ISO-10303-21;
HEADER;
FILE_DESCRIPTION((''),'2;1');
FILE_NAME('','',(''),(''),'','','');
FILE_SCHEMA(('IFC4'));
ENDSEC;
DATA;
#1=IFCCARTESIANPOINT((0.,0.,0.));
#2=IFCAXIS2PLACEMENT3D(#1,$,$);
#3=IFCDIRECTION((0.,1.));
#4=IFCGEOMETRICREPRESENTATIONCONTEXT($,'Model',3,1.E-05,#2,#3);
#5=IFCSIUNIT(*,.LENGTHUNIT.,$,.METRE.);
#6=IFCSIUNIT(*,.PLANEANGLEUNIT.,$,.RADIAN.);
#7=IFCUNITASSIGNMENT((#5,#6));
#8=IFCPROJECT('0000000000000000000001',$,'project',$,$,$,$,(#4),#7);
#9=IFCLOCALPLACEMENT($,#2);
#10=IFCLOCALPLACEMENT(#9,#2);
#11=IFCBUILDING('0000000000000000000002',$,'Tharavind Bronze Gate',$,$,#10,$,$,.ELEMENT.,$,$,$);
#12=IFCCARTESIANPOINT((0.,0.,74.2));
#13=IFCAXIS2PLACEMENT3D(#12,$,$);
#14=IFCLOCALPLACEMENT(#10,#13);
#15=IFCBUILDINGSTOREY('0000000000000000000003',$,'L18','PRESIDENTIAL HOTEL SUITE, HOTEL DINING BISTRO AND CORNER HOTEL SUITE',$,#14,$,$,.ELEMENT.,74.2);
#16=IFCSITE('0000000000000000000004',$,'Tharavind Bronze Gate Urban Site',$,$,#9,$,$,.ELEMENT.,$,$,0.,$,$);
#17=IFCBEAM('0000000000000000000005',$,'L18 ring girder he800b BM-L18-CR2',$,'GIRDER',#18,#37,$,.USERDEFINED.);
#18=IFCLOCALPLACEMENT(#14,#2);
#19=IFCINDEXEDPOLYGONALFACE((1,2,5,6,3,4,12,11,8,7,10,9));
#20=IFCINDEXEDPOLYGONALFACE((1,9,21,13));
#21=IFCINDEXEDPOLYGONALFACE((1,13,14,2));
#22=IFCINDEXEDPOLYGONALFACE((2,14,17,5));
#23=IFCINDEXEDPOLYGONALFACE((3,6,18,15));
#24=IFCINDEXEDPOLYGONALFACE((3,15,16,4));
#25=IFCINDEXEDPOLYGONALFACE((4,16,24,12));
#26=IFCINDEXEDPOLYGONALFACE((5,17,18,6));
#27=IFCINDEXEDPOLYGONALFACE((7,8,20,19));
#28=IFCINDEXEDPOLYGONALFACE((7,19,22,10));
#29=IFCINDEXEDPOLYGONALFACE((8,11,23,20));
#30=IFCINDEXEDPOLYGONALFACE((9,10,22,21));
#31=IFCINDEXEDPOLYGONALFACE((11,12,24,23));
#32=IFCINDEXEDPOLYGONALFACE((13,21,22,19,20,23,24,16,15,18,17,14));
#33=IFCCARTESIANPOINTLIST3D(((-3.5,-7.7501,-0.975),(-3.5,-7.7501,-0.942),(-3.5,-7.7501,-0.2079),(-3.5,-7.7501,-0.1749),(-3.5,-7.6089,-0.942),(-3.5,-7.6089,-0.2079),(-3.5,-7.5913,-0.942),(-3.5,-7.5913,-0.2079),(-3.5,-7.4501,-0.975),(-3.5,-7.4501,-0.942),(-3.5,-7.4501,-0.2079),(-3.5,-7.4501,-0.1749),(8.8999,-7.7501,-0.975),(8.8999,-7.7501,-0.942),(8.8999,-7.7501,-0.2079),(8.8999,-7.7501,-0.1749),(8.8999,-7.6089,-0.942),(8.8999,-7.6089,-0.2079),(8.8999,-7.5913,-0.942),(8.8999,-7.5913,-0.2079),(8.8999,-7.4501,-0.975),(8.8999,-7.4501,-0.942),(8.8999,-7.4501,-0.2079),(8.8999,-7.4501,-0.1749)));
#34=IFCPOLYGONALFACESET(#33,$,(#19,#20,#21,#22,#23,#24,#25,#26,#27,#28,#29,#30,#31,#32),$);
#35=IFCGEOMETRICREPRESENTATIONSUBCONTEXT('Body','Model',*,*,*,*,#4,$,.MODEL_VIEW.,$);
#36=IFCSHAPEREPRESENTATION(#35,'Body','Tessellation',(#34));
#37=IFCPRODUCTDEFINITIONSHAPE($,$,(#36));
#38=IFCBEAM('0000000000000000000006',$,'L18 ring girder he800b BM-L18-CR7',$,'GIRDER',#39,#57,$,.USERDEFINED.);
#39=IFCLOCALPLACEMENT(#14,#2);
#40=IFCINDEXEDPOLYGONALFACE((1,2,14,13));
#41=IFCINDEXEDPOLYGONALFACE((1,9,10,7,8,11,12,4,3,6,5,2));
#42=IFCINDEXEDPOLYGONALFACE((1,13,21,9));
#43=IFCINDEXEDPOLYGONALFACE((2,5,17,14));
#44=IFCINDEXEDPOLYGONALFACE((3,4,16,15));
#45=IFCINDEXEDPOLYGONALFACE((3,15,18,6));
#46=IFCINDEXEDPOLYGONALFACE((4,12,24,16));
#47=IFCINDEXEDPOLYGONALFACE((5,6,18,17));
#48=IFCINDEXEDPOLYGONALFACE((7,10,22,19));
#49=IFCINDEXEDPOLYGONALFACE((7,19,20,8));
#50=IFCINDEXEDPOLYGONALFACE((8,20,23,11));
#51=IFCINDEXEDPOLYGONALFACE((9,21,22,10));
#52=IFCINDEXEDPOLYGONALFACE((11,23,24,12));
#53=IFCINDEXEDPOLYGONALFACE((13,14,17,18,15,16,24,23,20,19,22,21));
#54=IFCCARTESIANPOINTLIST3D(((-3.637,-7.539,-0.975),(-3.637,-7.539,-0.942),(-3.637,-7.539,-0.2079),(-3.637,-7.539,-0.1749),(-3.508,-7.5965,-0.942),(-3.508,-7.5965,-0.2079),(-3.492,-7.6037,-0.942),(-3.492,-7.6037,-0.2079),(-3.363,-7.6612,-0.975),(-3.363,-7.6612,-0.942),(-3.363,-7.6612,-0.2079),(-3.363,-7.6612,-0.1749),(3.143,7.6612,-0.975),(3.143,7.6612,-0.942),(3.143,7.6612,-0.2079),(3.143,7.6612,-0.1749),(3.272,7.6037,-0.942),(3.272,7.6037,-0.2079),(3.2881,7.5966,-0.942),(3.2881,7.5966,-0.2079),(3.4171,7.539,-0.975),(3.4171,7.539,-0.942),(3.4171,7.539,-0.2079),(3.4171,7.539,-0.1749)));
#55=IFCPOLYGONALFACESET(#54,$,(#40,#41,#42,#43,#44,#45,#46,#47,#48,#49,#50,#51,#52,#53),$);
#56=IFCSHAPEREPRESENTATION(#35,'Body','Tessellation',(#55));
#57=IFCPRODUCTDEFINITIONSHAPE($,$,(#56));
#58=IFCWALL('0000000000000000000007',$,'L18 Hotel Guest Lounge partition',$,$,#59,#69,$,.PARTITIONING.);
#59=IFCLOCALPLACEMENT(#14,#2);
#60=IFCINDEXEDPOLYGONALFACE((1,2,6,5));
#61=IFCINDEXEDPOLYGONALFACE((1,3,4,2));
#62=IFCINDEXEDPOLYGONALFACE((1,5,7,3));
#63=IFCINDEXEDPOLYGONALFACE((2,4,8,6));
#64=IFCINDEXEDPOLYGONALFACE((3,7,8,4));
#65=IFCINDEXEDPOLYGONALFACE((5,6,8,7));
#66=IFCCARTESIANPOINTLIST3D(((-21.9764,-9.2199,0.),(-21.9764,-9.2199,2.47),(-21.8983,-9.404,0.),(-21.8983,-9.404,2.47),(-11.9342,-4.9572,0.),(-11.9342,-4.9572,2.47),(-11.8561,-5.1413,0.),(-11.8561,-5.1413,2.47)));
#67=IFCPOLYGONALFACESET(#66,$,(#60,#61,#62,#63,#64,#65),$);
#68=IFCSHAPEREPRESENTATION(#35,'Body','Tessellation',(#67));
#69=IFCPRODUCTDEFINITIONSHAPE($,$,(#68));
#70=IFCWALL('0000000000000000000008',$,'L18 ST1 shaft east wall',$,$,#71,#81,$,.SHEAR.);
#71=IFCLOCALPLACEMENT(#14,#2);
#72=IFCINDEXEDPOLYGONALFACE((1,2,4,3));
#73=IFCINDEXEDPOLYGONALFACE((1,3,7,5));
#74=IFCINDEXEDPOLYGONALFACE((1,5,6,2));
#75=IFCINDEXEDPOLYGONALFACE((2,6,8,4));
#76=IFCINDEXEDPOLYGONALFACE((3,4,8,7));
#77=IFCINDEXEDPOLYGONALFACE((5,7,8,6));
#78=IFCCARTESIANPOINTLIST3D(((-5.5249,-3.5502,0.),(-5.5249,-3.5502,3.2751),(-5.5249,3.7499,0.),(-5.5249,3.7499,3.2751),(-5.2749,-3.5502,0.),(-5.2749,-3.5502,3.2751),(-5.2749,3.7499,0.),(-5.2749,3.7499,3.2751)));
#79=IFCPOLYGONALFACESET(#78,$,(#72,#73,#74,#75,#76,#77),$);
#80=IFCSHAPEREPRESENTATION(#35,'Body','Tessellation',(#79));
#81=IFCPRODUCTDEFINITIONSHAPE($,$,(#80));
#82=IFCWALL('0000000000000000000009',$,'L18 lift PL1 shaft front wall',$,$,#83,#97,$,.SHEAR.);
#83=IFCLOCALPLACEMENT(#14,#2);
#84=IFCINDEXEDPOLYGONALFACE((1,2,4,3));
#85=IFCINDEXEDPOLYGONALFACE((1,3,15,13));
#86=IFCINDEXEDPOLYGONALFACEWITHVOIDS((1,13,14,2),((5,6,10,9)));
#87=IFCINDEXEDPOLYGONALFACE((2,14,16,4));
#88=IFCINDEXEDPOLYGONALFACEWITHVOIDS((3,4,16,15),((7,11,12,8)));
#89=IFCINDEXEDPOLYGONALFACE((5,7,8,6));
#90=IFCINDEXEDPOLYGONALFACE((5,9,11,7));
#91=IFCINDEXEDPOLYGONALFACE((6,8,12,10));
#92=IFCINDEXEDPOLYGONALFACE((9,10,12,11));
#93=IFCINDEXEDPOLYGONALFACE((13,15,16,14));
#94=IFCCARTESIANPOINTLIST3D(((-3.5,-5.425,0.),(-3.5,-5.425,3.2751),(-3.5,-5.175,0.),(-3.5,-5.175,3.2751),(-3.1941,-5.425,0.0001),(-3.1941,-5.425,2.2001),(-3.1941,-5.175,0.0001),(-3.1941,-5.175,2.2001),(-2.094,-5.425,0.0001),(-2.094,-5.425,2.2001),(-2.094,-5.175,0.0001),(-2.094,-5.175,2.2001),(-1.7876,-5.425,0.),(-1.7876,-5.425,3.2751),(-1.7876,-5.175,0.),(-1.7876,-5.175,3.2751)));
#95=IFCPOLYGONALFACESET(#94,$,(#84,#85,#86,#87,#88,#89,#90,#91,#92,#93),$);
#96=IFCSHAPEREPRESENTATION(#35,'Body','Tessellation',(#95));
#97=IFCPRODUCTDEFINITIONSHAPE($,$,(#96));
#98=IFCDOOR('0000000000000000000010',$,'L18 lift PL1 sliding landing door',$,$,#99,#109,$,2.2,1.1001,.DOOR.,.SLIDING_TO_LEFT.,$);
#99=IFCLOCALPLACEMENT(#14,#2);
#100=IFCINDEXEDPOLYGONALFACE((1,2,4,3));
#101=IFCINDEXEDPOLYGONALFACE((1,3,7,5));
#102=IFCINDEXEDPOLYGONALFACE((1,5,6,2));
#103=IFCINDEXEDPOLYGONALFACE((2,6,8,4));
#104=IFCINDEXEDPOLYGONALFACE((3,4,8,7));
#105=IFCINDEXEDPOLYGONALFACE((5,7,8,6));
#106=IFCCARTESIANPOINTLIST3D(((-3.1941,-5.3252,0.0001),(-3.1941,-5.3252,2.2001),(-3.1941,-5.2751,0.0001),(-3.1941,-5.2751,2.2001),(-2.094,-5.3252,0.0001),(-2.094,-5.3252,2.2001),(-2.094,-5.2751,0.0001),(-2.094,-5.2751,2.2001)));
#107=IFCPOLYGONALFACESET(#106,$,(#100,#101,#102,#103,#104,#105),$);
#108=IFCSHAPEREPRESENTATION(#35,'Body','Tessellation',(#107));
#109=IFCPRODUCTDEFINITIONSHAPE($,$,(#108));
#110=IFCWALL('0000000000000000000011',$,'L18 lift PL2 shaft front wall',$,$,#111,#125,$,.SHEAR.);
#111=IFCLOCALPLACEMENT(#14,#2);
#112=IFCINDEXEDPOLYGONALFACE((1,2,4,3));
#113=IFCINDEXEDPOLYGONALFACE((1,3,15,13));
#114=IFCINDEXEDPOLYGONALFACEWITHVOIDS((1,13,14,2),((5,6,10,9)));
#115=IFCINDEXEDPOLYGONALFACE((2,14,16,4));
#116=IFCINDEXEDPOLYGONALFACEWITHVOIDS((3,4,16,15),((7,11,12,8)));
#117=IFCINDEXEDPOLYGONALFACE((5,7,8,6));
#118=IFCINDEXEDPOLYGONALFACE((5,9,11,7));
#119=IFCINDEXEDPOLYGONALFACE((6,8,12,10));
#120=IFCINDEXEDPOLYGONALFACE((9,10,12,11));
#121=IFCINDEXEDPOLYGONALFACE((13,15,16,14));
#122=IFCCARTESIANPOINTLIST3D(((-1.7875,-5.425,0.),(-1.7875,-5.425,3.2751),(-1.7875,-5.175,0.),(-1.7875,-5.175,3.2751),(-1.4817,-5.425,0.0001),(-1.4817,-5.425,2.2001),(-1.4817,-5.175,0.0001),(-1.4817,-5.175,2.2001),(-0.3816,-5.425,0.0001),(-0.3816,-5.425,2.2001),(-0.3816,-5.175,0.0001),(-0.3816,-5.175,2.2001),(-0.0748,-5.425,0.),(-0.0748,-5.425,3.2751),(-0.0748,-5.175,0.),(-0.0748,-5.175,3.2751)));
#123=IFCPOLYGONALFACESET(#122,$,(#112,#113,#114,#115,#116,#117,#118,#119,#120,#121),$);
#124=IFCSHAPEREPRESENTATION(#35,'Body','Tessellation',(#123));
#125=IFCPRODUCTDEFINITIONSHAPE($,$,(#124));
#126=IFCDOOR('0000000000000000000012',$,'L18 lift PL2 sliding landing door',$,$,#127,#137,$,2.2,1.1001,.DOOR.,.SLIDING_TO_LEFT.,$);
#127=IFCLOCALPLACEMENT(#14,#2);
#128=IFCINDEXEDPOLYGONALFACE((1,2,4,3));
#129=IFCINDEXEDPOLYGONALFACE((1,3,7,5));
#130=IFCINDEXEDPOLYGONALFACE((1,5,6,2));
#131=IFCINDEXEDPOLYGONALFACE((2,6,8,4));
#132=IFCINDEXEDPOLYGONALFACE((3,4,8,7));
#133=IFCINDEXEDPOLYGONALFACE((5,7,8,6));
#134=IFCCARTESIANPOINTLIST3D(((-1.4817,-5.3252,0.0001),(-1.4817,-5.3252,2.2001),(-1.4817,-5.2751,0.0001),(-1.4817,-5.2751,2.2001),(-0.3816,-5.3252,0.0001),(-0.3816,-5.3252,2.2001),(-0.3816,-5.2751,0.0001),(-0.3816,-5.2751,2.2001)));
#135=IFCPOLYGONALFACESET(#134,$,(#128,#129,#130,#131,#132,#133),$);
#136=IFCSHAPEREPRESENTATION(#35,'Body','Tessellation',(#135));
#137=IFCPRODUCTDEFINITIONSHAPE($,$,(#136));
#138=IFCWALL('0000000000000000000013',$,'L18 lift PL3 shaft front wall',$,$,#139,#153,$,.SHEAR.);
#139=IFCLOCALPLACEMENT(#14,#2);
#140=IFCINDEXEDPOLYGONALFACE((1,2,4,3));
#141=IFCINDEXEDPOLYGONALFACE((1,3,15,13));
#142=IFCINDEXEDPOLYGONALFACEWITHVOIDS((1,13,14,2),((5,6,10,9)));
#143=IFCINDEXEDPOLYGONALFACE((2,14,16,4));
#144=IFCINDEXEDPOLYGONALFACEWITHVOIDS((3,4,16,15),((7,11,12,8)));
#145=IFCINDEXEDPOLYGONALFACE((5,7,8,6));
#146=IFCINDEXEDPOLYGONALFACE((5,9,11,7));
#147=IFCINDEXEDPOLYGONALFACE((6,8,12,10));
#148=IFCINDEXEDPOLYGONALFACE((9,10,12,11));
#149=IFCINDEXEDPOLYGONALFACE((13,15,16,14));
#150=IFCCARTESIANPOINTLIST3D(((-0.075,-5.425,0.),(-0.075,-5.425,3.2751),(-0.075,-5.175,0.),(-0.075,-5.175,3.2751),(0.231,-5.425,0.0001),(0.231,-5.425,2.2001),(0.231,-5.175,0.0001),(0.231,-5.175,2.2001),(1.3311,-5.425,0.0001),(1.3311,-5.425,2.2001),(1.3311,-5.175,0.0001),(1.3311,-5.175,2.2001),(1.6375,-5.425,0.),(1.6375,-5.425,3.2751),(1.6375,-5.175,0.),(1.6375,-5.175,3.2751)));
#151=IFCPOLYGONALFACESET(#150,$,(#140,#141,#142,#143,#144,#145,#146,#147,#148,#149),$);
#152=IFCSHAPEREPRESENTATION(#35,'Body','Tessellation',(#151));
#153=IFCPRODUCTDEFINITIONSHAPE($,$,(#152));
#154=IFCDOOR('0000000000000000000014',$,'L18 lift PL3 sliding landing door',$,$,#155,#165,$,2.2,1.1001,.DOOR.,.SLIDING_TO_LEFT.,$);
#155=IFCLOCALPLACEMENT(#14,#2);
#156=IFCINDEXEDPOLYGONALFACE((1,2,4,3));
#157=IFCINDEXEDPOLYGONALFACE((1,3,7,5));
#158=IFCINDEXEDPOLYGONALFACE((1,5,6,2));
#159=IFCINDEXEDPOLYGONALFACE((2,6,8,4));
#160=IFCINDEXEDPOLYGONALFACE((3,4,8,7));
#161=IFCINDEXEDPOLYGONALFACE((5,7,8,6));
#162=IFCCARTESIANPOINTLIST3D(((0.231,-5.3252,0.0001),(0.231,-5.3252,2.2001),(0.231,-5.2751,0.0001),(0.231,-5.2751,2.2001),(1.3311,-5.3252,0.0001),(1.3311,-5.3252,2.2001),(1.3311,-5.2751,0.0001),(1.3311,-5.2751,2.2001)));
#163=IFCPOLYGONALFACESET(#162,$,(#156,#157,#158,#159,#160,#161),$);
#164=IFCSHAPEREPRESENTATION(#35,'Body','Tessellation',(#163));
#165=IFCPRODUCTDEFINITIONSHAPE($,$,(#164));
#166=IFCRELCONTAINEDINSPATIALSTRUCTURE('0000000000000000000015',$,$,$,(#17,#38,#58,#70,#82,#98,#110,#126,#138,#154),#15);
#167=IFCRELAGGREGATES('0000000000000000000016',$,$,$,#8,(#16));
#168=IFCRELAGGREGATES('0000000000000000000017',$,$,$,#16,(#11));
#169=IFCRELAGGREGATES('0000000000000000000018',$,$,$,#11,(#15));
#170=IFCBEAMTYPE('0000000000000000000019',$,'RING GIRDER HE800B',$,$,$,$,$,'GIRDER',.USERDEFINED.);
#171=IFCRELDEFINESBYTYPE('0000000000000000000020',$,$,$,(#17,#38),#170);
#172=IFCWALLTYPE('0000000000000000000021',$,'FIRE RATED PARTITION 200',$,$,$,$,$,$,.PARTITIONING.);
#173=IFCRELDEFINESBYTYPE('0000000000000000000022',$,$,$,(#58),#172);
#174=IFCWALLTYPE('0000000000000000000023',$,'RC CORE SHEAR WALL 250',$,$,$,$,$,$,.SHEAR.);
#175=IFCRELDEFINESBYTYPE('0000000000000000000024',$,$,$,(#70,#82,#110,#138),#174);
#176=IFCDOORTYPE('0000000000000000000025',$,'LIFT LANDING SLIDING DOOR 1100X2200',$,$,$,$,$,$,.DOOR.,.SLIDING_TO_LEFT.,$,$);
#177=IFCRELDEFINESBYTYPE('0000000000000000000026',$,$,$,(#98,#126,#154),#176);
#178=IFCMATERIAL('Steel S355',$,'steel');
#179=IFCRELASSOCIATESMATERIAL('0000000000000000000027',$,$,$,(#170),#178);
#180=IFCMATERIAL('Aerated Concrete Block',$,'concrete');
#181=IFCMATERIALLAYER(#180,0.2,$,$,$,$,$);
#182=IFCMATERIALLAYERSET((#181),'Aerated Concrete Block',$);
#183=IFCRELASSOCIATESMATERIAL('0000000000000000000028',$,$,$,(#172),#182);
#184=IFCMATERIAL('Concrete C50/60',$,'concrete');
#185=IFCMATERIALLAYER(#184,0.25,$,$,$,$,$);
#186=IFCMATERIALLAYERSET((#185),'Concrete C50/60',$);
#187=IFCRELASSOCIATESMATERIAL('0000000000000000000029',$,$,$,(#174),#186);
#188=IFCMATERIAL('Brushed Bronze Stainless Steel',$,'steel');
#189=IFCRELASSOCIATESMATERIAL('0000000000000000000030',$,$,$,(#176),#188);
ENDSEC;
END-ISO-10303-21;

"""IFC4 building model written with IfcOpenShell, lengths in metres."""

from ifc_helpers import new_model, si_unit, direction, frame, frame_2d, origin, origin_2d, place, context, subcontext, project, spatial, rectangle, i_section, extrude, material, layer, layer_set, material_profile, profile_set, type_object, element, fill, save


model = new_model("IFC4")

# Units and contexts
model_context = context("Model", 3, precision=1e-05, world=origin(), true_north=direction((0.0, 1.0)))
body_context = subcontext(model_context, "Body", "Model", "MODEL_VIEW")
ifc_project = project(units=[si_unit("LENGTHUNIT", "METRE"), si_unit("PLANEANGLEUNIT", "RADIAN")], contexts=[model_context])

# Site, building, storey
site_placement = place(None, origin())
site = spatial("IfcSite", under=ifc_project, at=site_placement, Name="Tharavind Bronze Gate Urban Site", CompositionType="ELEMENT", RefElevation=0.0)
building_placement = place(site_placement, origin())
building = spatial("IfcBuilding", under=site, at=building_placement, Name="Tharavind Bronze Gate", CompositionType="ELEMENT")
storey_placement = place(building_placement, frame((0.0, 0.0, 74.2)))
storey = spatial("IfcBuildingStorey", under=building, at=storey_placement, Name="L18", Description="PRESIDENTIAL HOTEL SUITE, HOTEL DINING BISTRO AND CORNER HOTEL SUITE", CompositionType="ELEMENT", Elevation=74.2)

# Beams
ifc_material_1 = material(Name="Steel S355", Category="steel")
ifc_material_profile = material_profile(ifc_material_1, i_section(OverallWidth=0.3, OverallDepth=0.8, WebThickness=0.0176, FlangeThickness=0.033, at=origin_2d()), Name="HE800B")
ifc_profile_set = profile_set([ifc_material_profile], Name="Steel S355")
beam_type = type_object("IfcBeamType", Name="RING GIRDER HE800B", ElementType="GIRDER", PredefinedType="USERDEFINED", material=ifc_profile_set)
beam_1_placement = place(storey_placement, frame((-3.5, -7.6001, -0.575), z_axis=(1.0, 0.0, 0.0), x_axis=(0.0, 1.0, 0.0)))
element("IfcBeam", 1, at=beam_1_placement, inside=storey, type_object=beam_type, Name="L18 ring girder he800b BM-L18-CR2", ObjectType="GIRDER", PredefinedType="USERDEFINED", context=body_context, shape_type="SweptSolid", body=[
    extrude(i_section(OverallWidth=0.3, OverallDepth=0.8, WebThickness=0.0176, FlangeThickness=0.033, at=origin_2d()), origin(), (0.0, 0.0, 1.0), 12.3999),
])
beam_2_placement = place(storey_placement, frame((-3.5, -7.6001, -0.575), z_axis=(0.407362, 0.913267, 0.0), x_axis=(-0.913267, 0.407362, 0.0)))
element("IfcBeam", 2, at=beam_2_placement, inside=storey, type_object=beam_type, Name="L18 ring girder he800b BM-L18-CR7", ObjectType="GIRDER", PredefinedType="USERDEFINED", context=body_context, shape_type="SweptSolid", body=[
    extrude(i_section(OverallWidth=0.3, OverallDepth=0.8, WebThickness=0.0176, FlangeThickness=0.033, at=origin_2d()), origin(), (0.0, 0.0, 1.0), 16.6438),
])

# Wall
ifc_material_2 = material(Name="Aerated Concrete Block", Category="concrete")
ifc_layer_1 = layer(ifc_material_2, 0.2)
ifc_layer_set_1 = layer_set([ifc_layer_1], Name="Aerated Concrete Block")
wall_type_1 = type_object("IfcWallType", Name="FIRE RATED PARTITION 200", PredefinedType="PARTITIONING", material=ifc_layer_set_1)
wall_1_placement = place(storey_placement, frame((-11.8953, -5.0493, 0.0), z_axis=(0.0, 0.0, 1.0), x_axis=(-0.920504, -0.390733, 0.0)))
element("IfcWall", 3, at=wall_1_placement, inside=storey, type_object=wall_type_1, Name="L18 Hotel Guest Lounge partition", PredefinedType="PARTITIONING", context=body_context, shape_type="SweptSolid", body=[
    extrude(rectangle(XDim=10.9094, YDim=0.2, at=frame_2d((5.4546, 0.0))), origin(), (0.0, 0.0, 1.0), 2.47),
])

# Wall
ifc_material_3 = material(Name="Concrete C50/60", Category="concrete")
ifc_layer_2 = layer(ifc_material_3, 0.25)
ifc_layer_set_2 = layer_set([ifc_layer_2], Name="Concrete C50/60")
wall_type_2 = type_object("IfcWallType", Name="RC CORE SHEAR WALL 250", PredefinedType="SHEAR", material=ifc_layer_set_2)
wall_2_placement = place(storey_placement, frame((-5.3999, -3.55, 0.0), z_axis=(0.0, 0.0, 1.0), x_axis=(0.0, 1.0, 0.0)))
element("IfcWall", 4, at=wall_2_placement, inside=storey, type_object=wall_type_2, Name="L18 ST1 shaft east wall", PredefinedType="SHEAR", context=body_context, shape_type="SweptSolid", body=[
    extrude(rectangle(XDim=7.3, YDim=0.25, at=frame_2d((3.6499, 0.0))), origin(), (0.0, 0.0, 1.0), 3.2751),
])

# Walls, openings, doors
wall_3_placement = place(storey_placement, frame((-3.5, -5.3, 0.0), z_axis=(0.0, 0.0, 1.0), x_axis=(1.0, 0.0, 0.0)))
wall_3 = element("IfcWall", 5, at=wall_3_placement, inside=storey, type_object=wall_type_2, Name="L18 lift PL1 shaft front wall", PredefinedType="SHEAR", context=body_context, shape_type="SweptSolid", body=[
    extrude(rectangle(XDim=1.7124, YDim=0.25, at=frame_2d((0.8562, 0.0))), origin(), (0.0, 0.0, 1.0), 3.2751),
])
opening_1_placement = place(wall_3_placement, frame((0.3059, 0.0, 0.0)))
opening_1 = element("IfcOpeningElement", 6, at=opening_1_placement, cuts=wall_3, PredefinedType="OPENING", context=body_context, shape_type="SweptSolid", body=[
    extrude(rectangle(XDim=1.1001, YDim=2.2, at=frame_2d((0.55, 1.1001))), frame((0.0, 0.135, 0.0), z_axis=(0.0, -1.0, 0.0), x_axis=(1.0, 0.0, 0.0)), (0.0, 0.0, 1.0), 0.27),
])
ifc_material_4 = material(Name="Brushed Bronze Stainless Steel", Category="steel")
door_type_1 = type_object("IfcDoorType", Name="LIFT LANDING SLIDING DOOR 1100X2200", OperationType="SLIDING_TO_LEFT", PredefinedType="DOOR", material=ifc_material_4)
door_1_placement = place(opening_1_placement, origin())
door_1 = element("IfcDoor", 7, at=door_1_placement, inside=storey, type_object=door_type_1, Name="L18 lift PL1 sliding landing door", OperationType="SLIDING_TO_LEFT", OverallHeight=2.2, OverallWidth=1.1001, PredefinedType="DOOR", context=body_context, shape_type="SweptSolid", body=[
    extrude(rectangle(XDim=1.1001, YDim=2.2, at=frame_2d((0.55, 1.1001))), frame((0.0, 0.0249, 0.0), z_axis=(0.0, -1.0, 0.0), x_axis=(1.0, 0.0, 0.0)), (0.0, 0.0, 1.0), 0.05),
])
fill(opening_1, door_1)
wall_4_placement = place(storey_placement, frame((-1.7876, -5.3, 0.0), z_axis=(0.0, 0.0, 1.0), x_axis=(1.0, 0.0, 0.0)))
wall_4 = element("IfcWall", 8, at=wall_4_placement, inside=storey, type_object=wall_type_2, Name="L18 lift PL2 shaft front wall", PredefinedType="SHEAR", context=body_context, shape_type="SweptSolid", body=[
    extrude(rectangle(XDim=1.7126, YDim=0.25, at=frame_2d((0.8564, 0.0))), origin(), (0.0, 0.0, 1.0), 3.2751),
])
opening_2_placement = place(wall_4_placement, frame((0.3059, 0.0, 0.0)))
opening_2 = element("IfcOpeningElement", 9, at=opening_2_placement, cuts=wall_4, PredefinedType="OPENING", context=body_context, shape_type="SweptSolid", body=[
    extrude(rectangle(XDim=1.1001, YDim=2.2, at=frame_2d((0.55, 1.1001))), frame((0.0, 0.135, 0.0), z_axis=(0.0, -1.0, 0.0), x_axis=(1.0, 0.0, 0.0)), (0.0, 0.0, 1.0), 0.27),
])
door_2_placement = place(opening_2_placement, origin())
door_2 = element("IfcDoor", 10, at=door_2_placement, inside=storey, type_object=door_type_1, Name="L18 lift PL2 sliding landing door", OperationType="SLIDING_TO_LEFT", OverallHeight=2.2, OverallWidth=1.1001, PredefinedType="DOOR", context=body_context, shape_type="SweptSolid", body=[
    extrude(rectangle(XDim=1.1001, YDim=2.2, at=frame_2d((0.55, 1.1001))), frame((0.0, 0.0249, 0.0), z_axis=(0.0, -1.0, 0.0), x_axis=(1.0, 0.0, 0.0)), (0.0, 0.0, 1.0), 0.05),
])
fill(opening_2, door_2)
wall_5_placement = place(storey_placement, frame((-0.075, -5.3, 0.0), z_axis=(0.0, 0.0, 1.0), x_axis=(1.0, 0.0, 0.0)))
wall_5 = element("IfcWall", 11, at=wall_5_placement, inside=storey, type_object=wall_type_2, Name="L18 lift PL3 shaft front wall", PredefinedType="SHEAR", context=body_context, shape_type="SweptSolid", body=[
    extrude(rectangle(XDim=1.7124, YDim=0.25, at=frame_2d((0.8562, 0.0))), origin(), (0.0, 0.0, 1.0), 3.2751),
])
opening_3_placement = place(wall_5_placement, frame((0.3059, 0.0, 0.0)))
opening_3 = element("IfcOpeningElement", 12, at=opening_3_placement, cuts=wall_5, PredefinedType="OPENING", context=body_context, shape_type="SweptSolid", body=[
    extrude(rectangle(XDim=1.1001, YDim=2.2, at=frame_2d((0.55, 1.1001))), frame((0.0, 0.135, 0.0), z_axis=(0.0, -1.0, 0.0), x_axis=(1.0, 0.0, 0.0)), (0.0, 0.0, 1.0), 0.27),
])
door_3_placement = place(opening_3_placement, origin())
door_3 = element("IfcDoor", 13, at=door_3_placement, inside=storey, type_object=door_type_1, Name="L18 lift PL3 sliding landing door", OperationType="SLIDING_TO_LEFT", OverallHeight=2.2, OverallWidth=1.1001, PredefinedType="DOOR", context=body_context, shape_type="SweptSolid", body=[
    extrude(rectangle(XDim=1.1001, YDim=2.2, at=frame_2d((0.55, 1.1001))), frame((0.0, 0.0249, 0.0), z_axis=(0.0, -1.0, 0.0), x_axis=(1.0, 0.0, 0.0)), (0.0, 0.0, 1.0), 0.05),
])
fill(opening_3, door_3)

save(model, "model.ifc")
